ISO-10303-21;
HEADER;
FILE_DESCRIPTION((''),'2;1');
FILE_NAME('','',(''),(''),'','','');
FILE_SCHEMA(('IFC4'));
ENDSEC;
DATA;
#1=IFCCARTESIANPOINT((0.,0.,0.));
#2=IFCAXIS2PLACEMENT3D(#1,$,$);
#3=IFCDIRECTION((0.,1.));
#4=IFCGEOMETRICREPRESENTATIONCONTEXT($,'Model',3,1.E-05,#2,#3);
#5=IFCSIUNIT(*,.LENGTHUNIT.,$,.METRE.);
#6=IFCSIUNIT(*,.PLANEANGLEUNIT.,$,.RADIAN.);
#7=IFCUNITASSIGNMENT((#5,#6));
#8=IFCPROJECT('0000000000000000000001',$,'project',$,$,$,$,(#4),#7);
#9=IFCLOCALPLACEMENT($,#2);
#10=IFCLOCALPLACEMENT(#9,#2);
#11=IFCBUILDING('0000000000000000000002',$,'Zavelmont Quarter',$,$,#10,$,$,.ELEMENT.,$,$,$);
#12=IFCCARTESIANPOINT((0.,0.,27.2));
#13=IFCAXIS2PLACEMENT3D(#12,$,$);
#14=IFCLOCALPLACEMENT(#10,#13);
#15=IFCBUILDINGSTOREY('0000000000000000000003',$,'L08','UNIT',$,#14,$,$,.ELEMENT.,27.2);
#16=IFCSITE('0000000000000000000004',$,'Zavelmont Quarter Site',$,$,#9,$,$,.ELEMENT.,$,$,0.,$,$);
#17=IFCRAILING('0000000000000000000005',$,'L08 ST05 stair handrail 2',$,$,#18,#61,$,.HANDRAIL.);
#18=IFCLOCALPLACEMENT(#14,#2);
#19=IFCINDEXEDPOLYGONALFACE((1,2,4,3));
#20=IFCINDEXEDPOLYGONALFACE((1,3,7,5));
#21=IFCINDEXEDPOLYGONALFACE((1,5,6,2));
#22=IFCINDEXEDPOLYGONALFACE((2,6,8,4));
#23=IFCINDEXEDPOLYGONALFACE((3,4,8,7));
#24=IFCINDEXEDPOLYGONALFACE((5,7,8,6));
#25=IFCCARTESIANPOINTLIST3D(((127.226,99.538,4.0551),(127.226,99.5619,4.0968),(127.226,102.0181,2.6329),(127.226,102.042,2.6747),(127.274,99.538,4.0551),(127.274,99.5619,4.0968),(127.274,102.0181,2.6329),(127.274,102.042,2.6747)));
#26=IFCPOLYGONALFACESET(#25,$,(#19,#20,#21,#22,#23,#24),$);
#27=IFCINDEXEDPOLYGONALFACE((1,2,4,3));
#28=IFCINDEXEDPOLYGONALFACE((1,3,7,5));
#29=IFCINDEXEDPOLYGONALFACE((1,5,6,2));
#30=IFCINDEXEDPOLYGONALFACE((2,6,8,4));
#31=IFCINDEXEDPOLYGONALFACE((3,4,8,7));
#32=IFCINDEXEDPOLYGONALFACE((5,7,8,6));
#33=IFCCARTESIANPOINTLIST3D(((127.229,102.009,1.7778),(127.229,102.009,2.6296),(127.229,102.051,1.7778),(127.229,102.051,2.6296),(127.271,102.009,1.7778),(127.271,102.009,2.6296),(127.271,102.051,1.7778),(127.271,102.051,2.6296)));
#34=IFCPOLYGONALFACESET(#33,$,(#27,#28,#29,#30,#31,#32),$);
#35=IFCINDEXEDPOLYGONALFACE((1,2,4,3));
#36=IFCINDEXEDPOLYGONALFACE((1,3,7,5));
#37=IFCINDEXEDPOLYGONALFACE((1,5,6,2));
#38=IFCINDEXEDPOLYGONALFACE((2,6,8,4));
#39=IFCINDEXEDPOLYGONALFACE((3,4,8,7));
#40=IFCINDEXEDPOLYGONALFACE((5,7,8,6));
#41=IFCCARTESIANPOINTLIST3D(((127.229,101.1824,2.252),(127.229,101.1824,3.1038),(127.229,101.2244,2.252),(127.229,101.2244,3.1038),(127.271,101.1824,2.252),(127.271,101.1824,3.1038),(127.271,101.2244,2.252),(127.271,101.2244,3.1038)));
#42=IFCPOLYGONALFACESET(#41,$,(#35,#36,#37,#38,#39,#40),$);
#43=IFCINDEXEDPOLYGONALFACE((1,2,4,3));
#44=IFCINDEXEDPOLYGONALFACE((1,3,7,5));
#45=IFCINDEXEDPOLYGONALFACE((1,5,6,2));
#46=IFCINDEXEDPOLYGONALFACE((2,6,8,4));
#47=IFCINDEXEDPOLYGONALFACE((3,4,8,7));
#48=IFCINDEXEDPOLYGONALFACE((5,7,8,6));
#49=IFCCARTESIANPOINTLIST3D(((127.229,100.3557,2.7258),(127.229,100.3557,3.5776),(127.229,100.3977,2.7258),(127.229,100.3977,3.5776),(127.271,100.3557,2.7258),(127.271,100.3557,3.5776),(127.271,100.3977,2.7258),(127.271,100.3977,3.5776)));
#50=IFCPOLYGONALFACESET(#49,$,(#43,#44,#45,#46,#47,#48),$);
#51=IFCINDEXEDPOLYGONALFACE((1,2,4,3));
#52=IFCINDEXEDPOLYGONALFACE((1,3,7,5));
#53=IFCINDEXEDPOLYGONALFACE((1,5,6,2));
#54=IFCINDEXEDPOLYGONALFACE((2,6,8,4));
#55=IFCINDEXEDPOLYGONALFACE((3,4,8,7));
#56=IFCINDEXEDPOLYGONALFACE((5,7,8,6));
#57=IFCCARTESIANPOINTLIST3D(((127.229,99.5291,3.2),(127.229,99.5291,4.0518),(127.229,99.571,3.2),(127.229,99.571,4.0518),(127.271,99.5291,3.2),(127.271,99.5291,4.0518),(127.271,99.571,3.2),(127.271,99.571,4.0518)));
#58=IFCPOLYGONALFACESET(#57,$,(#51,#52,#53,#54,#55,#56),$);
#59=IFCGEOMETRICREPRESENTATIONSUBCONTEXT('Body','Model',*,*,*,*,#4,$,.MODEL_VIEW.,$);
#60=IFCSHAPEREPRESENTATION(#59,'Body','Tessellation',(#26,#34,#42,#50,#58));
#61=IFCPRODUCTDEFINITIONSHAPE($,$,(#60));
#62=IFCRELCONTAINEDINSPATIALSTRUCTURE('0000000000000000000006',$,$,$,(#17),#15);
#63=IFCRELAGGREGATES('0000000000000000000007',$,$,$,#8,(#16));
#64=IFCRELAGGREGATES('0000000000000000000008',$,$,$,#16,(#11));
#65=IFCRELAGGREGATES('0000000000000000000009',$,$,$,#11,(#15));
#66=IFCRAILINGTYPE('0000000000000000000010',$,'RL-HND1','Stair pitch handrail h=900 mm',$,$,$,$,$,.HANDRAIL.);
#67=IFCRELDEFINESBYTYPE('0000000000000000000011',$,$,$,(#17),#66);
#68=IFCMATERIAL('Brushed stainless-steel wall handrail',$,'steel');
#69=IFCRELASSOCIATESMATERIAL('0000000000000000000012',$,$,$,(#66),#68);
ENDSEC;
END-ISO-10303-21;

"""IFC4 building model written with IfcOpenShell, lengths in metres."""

from ifc_helpers import new_model, si_unit, direction, frame, origin, origin_2d, place, context, subcontext, project, spatial, rectangle, extrude, material, type_object, element, save


model = new_model("IFC4")

# Units and contexts
model_context = context("Model", 3, precision=1e-05, world=origin(), true_north=direction((0.0, 1.0)))
body_context = subcontext(model_context, "Body", "Model", "MODEL_VIEW")
ifc_project = project(units=[si_unit("LENGTHUNIT", "METRE"), si_unit("PLANEANGLEUNIT", "RADIAN")], contexts=[model_context])

# Site, building, storey
site_placement = place(None, origin())
site = spatial("IfcSite", under=ifc_project, at=site_placement, Name="Zavelmont Quarter Site", CompositionType="ELEMENT", RefElevation=0.0)
building_placement = place(site_placement, origin())
building = spatial("IfcBuilding", under=site, at=building_placement, Name="Zavelmont Quarter", CompositionType="ELEMENT")
storey_placement = place(building_placement, frame((0.0, 0.0, 27.2)))
storey = spatial("IfcBuildingStorey", under=building, at=storey_placement, Name="L08", Description="UNIT", CompositionType="ELEMENT", Elevation=27.2)

# Railing
ifc_material_1 = material(Name="Brushed stainless-steel wall handrail", Category="steel")
railing_type_1 = type_object("IfcRailingType", Name="RL-HND1", Description="Stair pitch handrail h=900 mm", PredefinedType="HANDRAIL", material=ifc_material_1)
railing_1_placement = place(storey_placement, frame((127.25, 102.03, 1.7778)))
element("IfcRailing", 1, at=railing_1_placement, inside=storey, type_object=railing_type_1, Name="L08 ST05 stair handrail 2", PredefinedType="HANDRAIL", context=body_context, shape_type="SweptSolid", body=[
    extrude(rectangle(XDim=0.0481, YDim=0.0481, at=origin_2d()), frame((0.0, 0.0, 0.876), z_axis=(0.0, -0.867491, 0.497454), x_axis=(1.0, 0.0, 0.0)), (0.0, 0.0, 1.0), 2.8589),
    extrude(rectangle(XDim=0.042, YDim=0.042, at=origin_2d()), origin(), (0.0, 0.0, 1.0), 0.8518),
    extrude(rectangle(XDim=0.042, YDim=0.042, at=origin_2d()), frame((0.0, -0.8267, 0.4741)), (0.0, 0.0, 1.0), 0.8518),
    extrude(rectangle(XDim=0.042, YDim=0.042, at=origin_2d()), frame((0.0, -1.6533, 0.948)), (0.0, 0.0, 1.0), 0.8518),
    extrude(rectangle(XDim=0.042, YDim=0.042, at=origin_2d()), frame((0.0, -2.48, 1.4221)), (0.0, 0.0, 1.0), 0.8518),
])

save(model, "model.ifc")
